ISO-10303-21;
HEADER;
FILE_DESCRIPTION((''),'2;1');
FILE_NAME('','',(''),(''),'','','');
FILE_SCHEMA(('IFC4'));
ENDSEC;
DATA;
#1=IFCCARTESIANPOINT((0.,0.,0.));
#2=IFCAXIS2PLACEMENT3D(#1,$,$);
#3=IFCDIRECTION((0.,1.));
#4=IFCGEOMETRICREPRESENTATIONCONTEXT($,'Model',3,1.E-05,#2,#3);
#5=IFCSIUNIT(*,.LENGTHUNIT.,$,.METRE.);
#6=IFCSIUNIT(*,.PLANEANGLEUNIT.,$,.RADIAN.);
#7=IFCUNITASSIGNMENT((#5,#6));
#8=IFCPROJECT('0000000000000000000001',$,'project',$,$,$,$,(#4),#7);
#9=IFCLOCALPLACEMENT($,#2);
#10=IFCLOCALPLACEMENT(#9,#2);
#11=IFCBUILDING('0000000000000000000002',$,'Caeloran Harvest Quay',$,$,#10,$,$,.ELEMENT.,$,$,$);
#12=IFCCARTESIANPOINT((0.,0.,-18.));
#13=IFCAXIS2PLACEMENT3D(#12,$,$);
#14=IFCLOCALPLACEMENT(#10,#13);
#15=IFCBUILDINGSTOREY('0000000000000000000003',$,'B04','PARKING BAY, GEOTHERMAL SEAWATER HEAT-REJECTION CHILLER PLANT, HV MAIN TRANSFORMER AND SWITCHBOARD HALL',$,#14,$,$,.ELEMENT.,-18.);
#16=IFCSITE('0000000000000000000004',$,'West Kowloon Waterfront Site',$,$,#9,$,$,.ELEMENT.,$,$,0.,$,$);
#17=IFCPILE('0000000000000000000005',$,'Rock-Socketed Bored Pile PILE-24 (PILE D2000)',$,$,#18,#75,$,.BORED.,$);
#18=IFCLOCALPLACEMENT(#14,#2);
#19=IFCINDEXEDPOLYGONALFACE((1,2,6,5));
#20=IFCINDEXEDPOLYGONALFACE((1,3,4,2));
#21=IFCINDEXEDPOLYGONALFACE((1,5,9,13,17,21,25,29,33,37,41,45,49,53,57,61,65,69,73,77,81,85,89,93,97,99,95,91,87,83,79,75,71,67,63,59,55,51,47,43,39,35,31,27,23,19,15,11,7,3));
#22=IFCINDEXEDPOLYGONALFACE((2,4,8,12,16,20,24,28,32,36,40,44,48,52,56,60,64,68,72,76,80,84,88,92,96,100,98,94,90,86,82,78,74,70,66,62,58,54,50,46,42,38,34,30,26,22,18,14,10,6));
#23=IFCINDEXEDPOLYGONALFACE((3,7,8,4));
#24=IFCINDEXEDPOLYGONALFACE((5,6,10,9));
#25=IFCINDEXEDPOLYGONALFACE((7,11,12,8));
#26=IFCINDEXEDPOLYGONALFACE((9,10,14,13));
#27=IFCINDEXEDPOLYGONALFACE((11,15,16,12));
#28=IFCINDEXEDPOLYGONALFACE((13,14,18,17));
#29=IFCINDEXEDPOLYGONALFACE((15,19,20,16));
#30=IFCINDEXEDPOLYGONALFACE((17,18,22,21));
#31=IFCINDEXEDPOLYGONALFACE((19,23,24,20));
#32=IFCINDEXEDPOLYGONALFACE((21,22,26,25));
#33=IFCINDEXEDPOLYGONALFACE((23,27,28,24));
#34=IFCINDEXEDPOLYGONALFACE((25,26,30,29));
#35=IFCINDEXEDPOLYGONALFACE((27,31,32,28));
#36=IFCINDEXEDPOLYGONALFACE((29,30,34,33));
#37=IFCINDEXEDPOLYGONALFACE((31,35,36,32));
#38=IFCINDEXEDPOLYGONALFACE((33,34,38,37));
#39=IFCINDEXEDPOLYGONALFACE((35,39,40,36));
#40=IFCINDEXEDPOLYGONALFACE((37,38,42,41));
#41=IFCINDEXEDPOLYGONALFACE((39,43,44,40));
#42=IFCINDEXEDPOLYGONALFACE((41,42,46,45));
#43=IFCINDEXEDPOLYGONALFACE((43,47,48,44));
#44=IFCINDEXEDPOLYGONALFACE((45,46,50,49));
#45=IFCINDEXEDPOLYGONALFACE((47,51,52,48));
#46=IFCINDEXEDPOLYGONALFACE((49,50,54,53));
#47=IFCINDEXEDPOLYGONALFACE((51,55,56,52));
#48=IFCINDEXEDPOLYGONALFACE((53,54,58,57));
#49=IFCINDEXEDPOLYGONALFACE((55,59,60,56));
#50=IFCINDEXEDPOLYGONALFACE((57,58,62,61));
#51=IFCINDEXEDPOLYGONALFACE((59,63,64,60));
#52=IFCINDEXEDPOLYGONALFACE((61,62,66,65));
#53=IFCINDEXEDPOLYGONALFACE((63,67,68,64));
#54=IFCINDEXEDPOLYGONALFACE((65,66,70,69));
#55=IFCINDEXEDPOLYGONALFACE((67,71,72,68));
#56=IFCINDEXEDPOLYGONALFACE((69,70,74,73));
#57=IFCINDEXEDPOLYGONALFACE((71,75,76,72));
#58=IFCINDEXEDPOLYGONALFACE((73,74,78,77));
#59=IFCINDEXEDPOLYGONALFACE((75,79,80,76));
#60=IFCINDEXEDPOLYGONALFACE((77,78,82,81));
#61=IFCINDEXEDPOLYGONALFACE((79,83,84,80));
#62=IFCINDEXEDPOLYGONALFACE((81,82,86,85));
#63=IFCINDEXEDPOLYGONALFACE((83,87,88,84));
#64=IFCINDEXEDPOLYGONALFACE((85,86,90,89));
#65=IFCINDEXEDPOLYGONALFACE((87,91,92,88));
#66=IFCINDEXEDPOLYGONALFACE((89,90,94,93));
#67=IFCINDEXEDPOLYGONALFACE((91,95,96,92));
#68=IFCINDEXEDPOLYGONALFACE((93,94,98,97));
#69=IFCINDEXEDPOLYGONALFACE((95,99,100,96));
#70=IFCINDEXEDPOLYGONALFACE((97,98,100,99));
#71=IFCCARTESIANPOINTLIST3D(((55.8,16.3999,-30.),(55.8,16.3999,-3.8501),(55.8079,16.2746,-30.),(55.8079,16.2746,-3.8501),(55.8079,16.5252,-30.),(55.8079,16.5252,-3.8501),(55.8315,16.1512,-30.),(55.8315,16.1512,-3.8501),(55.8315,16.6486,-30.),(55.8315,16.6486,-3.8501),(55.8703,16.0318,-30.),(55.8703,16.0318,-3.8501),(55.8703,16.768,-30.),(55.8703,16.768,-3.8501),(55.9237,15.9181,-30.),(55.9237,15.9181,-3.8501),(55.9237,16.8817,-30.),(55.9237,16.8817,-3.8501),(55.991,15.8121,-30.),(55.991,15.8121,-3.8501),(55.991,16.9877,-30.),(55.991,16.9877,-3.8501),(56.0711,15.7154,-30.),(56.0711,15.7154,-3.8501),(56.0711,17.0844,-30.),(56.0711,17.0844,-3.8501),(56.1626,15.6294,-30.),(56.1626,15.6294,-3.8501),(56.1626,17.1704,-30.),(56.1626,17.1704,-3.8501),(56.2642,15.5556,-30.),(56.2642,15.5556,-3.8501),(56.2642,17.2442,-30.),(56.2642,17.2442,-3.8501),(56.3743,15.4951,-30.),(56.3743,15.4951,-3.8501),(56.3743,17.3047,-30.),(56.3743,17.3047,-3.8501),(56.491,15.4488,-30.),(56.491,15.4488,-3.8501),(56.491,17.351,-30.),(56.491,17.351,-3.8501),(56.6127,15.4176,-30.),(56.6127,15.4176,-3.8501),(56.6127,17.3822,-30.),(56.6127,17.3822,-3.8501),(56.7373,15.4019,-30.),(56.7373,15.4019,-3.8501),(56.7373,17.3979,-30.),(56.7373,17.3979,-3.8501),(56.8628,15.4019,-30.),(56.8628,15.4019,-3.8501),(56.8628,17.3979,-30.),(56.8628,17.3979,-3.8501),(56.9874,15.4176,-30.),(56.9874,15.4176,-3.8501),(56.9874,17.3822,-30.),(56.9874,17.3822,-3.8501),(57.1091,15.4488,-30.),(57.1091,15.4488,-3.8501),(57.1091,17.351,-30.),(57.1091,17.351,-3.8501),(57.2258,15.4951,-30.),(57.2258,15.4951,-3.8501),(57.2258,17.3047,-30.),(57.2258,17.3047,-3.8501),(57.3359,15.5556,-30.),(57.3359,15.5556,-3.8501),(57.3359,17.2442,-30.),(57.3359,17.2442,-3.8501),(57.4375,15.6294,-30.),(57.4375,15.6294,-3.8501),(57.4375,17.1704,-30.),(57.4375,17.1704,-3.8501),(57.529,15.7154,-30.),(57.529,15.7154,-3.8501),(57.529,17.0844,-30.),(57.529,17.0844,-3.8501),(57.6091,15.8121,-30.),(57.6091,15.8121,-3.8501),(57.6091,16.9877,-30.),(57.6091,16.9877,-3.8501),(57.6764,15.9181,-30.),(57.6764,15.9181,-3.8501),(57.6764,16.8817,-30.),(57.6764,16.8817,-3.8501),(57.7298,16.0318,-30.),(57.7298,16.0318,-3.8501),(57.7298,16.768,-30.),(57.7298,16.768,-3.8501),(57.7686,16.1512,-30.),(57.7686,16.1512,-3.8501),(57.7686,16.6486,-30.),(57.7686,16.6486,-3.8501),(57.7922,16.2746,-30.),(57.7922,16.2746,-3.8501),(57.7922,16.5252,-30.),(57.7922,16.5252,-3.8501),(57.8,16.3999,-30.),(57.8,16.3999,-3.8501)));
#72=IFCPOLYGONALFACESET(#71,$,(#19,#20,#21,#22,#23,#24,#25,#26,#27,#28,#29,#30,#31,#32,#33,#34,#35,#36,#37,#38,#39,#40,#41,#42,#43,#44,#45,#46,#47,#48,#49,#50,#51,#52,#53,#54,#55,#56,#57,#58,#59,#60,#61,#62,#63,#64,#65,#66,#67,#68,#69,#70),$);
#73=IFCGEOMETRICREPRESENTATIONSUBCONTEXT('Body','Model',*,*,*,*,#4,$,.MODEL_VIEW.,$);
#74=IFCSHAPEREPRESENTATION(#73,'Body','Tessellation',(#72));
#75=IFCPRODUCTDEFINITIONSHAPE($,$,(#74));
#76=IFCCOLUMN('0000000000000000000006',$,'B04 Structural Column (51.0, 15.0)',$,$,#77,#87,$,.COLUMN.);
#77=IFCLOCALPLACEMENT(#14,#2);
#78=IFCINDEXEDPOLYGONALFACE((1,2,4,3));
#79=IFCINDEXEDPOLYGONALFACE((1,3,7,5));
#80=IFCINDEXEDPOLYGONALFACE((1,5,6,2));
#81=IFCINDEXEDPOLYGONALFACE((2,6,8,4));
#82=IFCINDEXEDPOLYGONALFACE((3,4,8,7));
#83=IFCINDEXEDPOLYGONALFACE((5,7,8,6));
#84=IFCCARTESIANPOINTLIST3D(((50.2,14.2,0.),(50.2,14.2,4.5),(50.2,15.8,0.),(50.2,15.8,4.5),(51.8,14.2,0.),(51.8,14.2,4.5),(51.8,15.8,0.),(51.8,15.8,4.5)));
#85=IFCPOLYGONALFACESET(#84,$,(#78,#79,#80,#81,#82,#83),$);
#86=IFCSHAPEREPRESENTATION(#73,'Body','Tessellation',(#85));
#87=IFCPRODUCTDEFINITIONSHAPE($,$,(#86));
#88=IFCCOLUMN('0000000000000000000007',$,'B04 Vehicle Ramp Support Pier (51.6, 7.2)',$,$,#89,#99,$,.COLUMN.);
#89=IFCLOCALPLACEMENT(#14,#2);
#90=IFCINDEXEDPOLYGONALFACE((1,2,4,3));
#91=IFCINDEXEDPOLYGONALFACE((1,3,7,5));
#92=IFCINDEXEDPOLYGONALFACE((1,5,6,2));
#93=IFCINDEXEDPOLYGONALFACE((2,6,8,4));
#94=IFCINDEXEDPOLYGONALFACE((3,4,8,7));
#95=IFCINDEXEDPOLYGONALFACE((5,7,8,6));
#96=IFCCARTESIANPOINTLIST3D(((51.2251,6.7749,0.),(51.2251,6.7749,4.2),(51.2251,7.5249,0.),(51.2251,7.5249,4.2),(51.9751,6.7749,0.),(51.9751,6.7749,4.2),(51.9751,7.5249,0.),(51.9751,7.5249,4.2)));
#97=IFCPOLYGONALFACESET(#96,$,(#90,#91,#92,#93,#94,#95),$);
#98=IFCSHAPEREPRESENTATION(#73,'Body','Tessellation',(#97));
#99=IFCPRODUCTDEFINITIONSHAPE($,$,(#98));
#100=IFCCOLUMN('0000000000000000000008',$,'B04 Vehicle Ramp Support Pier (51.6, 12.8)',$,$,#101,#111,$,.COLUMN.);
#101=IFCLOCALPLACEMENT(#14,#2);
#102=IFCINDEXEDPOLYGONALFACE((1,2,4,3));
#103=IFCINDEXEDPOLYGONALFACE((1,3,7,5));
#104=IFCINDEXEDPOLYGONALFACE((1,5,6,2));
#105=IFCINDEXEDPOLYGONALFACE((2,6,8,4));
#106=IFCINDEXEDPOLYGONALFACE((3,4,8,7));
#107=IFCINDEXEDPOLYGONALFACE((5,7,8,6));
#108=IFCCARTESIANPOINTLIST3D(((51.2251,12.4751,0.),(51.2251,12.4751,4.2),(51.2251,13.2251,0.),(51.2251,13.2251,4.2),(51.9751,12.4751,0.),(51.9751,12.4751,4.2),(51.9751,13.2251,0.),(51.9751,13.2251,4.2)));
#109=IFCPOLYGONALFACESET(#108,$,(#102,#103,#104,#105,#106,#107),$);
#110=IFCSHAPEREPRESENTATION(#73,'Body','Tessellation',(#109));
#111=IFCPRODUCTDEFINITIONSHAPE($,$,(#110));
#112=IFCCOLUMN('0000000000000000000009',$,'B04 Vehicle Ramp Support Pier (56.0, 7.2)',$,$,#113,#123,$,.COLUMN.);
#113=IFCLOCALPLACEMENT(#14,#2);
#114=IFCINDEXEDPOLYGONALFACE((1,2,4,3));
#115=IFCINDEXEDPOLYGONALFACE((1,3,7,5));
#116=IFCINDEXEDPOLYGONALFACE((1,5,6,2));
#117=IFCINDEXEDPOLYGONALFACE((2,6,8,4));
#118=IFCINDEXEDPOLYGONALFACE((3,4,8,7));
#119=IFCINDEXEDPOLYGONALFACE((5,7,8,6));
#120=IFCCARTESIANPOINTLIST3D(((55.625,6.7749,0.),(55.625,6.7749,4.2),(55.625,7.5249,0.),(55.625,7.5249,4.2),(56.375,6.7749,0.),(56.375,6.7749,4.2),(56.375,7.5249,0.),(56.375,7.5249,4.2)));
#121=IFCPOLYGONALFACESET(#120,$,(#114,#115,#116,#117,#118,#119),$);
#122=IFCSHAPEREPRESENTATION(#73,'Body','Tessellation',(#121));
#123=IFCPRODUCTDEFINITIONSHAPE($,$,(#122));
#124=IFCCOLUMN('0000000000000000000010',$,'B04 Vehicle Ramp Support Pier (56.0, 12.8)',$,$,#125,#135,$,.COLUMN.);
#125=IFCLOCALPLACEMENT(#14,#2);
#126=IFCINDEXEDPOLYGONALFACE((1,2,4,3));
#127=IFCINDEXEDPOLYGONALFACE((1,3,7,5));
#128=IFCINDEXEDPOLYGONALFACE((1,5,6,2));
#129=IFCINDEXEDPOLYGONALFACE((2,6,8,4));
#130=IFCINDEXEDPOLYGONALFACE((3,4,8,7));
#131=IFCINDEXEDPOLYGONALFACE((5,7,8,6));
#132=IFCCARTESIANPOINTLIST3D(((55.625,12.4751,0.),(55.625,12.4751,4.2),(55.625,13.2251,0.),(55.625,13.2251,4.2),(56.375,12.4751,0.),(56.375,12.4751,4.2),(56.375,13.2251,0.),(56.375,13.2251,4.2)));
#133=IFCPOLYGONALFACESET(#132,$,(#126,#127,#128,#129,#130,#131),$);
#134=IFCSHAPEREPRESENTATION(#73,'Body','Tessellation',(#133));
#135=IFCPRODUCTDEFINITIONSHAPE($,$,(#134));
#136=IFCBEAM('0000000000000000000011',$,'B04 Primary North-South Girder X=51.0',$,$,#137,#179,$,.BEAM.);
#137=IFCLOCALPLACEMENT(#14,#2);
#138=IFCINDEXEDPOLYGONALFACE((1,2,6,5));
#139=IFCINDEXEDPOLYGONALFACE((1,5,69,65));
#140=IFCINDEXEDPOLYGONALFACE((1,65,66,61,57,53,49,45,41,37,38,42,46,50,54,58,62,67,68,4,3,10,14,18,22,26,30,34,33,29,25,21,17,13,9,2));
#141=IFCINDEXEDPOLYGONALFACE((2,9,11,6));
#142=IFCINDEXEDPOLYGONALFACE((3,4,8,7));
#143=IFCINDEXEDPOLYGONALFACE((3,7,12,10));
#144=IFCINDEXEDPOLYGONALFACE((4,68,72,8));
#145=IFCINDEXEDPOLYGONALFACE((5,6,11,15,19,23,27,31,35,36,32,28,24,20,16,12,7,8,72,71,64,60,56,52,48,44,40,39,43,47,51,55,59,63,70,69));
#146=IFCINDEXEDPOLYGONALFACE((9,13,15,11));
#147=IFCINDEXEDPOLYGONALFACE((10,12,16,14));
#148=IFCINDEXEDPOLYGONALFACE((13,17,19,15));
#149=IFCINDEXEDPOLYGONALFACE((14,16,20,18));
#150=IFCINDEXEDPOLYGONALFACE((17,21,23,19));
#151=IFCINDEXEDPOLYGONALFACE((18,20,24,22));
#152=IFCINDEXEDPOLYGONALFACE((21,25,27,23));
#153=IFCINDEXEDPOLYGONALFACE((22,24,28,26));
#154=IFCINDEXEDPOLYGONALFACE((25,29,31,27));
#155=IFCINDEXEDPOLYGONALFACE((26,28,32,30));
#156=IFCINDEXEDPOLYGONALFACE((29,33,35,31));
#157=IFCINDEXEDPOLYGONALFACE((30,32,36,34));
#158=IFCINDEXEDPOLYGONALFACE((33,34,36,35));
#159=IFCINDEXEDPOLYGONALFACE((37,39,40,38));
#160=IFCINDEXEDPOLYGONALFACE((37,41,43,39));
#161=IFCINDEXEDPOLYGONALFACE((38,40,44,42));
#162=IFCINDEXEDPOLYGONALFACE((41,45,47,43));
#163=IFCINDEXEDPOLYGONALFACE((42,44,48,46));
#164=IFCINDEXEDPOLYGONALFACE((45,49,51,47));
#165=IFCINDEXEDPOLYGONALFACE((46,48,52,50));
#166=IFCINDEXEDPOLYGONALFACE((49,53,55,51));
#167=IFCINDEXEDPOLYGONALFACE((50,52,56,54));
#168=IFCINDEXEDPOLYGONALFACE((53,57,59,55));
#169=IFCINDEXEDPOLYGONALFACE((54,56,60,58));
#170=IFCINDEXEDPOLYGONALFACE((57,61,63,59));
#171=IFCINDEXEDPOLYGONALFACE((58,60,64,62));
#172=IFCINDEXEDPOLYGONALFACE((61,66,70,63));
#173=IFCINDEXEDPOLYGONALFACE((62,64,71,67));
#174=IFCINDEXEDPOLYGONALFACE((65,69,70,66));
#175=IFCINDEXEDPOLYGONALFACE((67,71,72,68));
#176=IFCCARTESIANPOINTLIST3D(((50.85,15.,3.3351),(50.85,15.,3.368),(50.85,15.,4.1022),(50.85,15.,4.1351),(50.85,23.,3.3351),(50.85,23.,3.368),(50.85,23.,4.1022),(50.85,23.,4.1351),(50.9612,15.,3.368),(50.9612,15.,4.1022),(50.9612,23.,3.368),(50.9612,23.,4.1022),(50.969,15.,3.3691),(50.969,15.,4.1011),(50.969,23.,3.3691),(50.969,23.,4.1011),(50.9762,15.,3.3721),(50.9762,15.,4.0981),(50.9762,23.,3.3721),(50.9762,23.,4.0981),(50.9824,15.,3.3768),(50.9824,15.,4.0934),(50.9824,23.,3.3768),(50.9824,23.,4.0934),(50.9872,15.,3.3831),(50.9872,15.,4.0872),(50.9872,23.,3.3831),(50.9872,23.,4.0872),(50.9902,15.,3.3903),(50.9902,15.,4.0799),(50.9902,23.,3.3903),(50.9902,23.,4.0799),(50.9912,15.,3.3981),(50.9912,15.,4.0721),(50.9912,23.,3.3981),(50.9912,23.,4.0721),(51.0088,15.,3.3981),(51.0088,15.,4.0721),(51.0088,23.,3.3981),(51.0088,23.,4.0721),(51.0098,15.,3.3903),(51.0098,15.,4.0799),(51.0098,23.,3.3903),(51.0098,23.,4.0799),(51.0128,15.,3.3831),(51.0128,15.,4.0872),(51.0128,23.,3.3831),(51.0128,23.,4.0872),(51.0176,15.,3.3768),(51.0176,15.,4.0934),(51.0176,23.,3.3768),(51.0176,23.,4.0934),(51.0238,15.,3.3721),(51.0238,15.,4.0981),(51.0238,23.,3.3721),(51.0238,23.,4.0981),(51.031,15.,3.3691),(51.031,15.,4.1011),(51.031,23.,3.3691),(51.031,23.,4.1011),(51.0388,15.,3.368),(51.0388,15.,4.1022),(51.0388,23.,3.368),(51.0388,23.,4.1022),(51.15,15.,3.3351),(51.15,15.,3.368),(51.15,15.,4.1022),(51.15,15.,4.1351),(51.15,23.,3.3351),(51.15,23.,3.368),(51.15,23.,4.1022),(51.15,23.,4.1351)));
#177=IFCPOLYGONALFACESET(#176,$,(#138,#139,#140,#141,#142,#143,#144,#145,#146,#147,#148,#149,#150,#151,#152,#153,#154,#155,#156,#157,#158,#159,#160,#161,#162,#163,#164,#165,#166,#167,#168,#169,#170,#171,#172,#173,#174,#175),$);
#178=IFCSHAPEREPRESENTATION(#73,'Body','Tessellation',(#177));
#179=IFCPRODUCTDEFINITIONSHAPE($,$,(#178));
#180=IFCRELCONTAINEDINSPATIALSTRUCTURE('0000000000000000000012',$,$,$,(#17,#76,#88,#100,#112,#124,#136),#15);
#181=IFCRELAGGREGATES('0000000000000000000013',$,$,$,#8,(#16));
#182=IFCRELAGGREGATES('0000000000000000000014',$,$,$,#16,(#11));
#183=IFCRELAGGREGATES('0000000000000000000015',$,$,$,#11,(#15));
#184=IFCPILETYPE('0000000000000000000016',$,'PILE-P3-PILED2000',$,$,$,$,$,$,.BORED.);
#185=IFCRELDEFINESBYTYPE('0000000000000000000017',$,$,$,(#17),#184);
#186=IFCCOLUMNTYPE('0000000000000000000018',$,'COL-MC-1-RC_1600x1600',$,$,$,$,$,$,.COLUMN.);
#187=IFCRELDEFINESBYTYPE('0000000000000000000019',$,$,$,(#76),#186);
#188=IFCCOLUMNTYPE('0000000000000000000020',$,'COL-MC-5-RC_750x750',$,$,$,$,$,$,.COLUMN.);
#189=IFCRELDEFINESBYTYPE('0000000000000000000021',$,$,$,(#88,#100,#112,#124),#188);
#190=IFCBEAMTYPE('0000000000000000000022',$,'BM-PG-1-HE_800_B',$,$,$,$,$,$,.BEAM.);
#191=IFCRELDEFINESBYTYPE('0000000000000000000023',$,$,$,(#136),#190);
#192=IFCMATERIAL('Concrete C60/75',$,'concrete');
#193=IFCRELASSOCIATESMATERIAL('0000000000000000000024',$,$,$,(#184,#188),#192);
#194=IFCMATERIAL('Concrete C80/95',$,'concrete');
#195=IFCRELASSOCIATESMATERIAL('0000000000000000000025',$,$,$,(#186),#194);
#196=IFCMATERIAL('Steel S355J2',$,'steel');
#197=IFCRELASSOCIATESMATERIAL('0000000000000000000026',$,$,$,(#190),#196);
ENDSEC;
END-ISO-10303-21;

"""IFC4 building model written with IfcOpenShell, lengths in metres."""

from ifc_helpers import new_model, si_unit, direction, frame, origin, origin_2d, place, context, subcontext, project, spatial, rectangle, circle, i_section, extrude, material, material_profile, profile_set, type_object, element, save


model = new_model("IFC4")

# Units and contexts
model_context = context("Model", 3, precision=1e-05, world=origin(), true_north=direction((0.0, 1.0)))
body_context = subcontext(model_context, "Body", "Model", "MODEL_VIEW")
ifc_project = project(units=[si_unit("LENGTHUNIT", "METRE"), si_unit("PLANEANGLEUNIT", "RADIAN")], contexts=[model_context])

# Site, building, storey
site_placement = place(None, origin())
site = spatial("IfcSite", under=ifc_project, at=site_placement, Name="West Kowloon Waterfront Site", CompositionType="ELEMENT", RefElevation=0.0)
building_placement = place(site_placement, origin())
building = spatial("IfcBuilding", under=site, at=building_placement, Name="Caeloran Harvest Quay", CompositionType="ELEMENT")
storey_placement = place(building_placement, frame((0.0, 0.0, -18.0)))
storey = spatial("IfcBuildingStorey", under=building, at=storey_placement, Name="B04", Description="PARKING BAY, GEOTHERMAL SEAWATER HEAT-REJECTION CHILLER PLANT, HV MAIN TRANSFORMER AND SWITCHBOARD HALL", CompositionType="ELEMENT", Elevation=-18.0)

# Pile
ifc_material_1 = material(Name="Concrete C60/75", Category="concrete")
ifc_material_profile_1 = material_profile(ifc_material_1, circle(Radius=1.0, at=origin_2d()), Name="PILE D2000")
ifc_profile_set_1 = profile_set([ifc_material_profile_1], Name="Concrete C60/75")
pile_type_1 = type_object("IfcPileType", Name="PILE-P3-PILED2000", PredefinedType="BORED", material=ifc_profile_set_1)
for number, where, z_axis, x_axis, name in (
    (1, (56.8, 16.3999, -3.8501), (0.0, 0.0, -1.0), (1.0, 0.0, 0.0), "Rock-Socketed Bored Pile PILE-24 (PILE D2000)"),
):
    element("IfcPile", number, at=place(storey_placement, frame(where, z_axis=z_axis, x_axis=x_axis)), inside=storey, type_object=pile_type_1, Name=name, PredefinedType="BORED", context=body_context, shape_type="SweptSolid", body=[
        extrude(circle(Radius=1.0, at=origin_2d()), origin(), (0.0, 0.0, 1.0), 26.1499),
    ])

# Columns
ifc_material_2 = material(Name="Concrete C80/95", Category="concrete")
ifc_material_profile_2 = material_profile(ifc_material_2, rectangle(XDim=1.6001, YDim=1.6001, at=origin_2d()), Name="RC 1600x1600")
ifc_profile_set_2 = profile_set([ifc_material_profile_2], Name="Concrete C80/95")
column_type_1 = type_object("IfcColumnType", Name="COL-MC-1-RC_1600x1600", PredefinedType="COLUMN", material=ifc_profile_set_2)
column_placement = place(storey_placement, frame((51.0, 15.0, 0.0), z_axis=(0.0, 0.0, 1.0), x_axis=(1.0, 0.0, 0.0)))
element("IfcColumn", 2, at=column_placement, inside=storey, type_object=column_type_1, Name="B04 Structural Column (51.0, 15.0)", PredefinedType="COLUMN", context=body_context, shape_type="SweptSolid", body=[
    extrude(rectangle(XDim=1.6001, YDim=1.6001, at=origin_2d()), origin(), (0.0, 0.0, 1.0), 4.5),
])
ifc_material_profile_3 = material_profile(ifc_material_1, rectangle(XDim=0.75, YDim=0.75, at=origin_2d()), Name="RC 750x750")
ifc_profile_set_3 = profile_set([ifc_material_profile_3], Name="Concrete C60/75")
column_type_2 = type_object("IfcColumnType", Name="COL-MC-5-RC_750x750", PredefinedType="COLUMN", material=ifc_profile_set_3)
for number, where, z_axis, x_axis, name in (
    (3, (51.6001, 7.1499, 0.0), (0.0, 0.0, 1.0), (1.0, 0.0, 0.0), "B04 Vehicle Ramp Support Pier (51.6, 7.2)"),
    (4, (51.6001, 12.8501, 0.0), (0.0, 0.0, 1.0), (1.0, 0.0, 0.0), "B04 Vehicle Ramp Support Pier (51.6, 12.8)"),
    (5, (56.0, 7.1499, 0.0), (0.0, 0.0, 1.0), (1.0, 0.0, 0.0), "B04 Vehicle Ramp Support Pier (56.0, 7.2)"),
    (6, (56.0, 12.8501, 0.0), (0.0, 0.0, 1.0), (1.0, 0.0, 0.0), "B04 Vehicle Ramp Support Pier (56.0, 12.8)"),
):
    element("IfcColumn", number, at=place(storey_placement, frame(where, z_axis=z_axis, x_axis=x_axis)), inside=storey, type_object=column_type_2, Name=name, PredefinedType="COLUMN", context=body_context, shape_type="SweptSolid", body=[
        extrude(rectangle(XDim=0.75, YDim=0.75, at=origin_2d()), origin(), (0.0, 0.0, 1.0), 4.2),
    ])

# Beam
ifc_material_3 = material(Name="Steel S355J2", Category="steel")
ifc_material_profile_4 = material_profile(ifc_material_3, i_section(OverallWidth=0.3, OverallDepth=0.8, WebThickness=0.0176, FlangeThickness=0.033, FilletRadius=0.03, at=origin_2d()), Name="HE 800 B")
ifc_profile_set_4 = profile_set([ifc_material_profile_4], Name="Steel S355J2")
beam_type_1 = type_object("IfcBeamType", Name="BM-PG-1-HE_800_B", PredefinedType="BEAM", material=ifc_profile_set_4)
beam_placement = place(storey_placement, frame((51.0, 15.0, 3.7351), z_axis=(0.0, 1.0, 0.0), x_axis=(-1.0, 0.0, 0.0)))
element("IfcBeam", 7, at=beam_placement, inside=storey, type_object=beam_type_1, Name="B04 Primary North-South Girder X=51.0", PredefinedType="BEAM", context=body_context, shape_type="SweptSolid", body=[
    extrude(i_section(OverallWidth=0.3, OverallDepth=0.8, WebThickness=0.0176, FlangeThickness=0.033, FilletRadius=0.03, at=origin_2d()), origin(), (0.0, 0.0, 1.0), 8.0),
])

save(model, "model.ifc")
